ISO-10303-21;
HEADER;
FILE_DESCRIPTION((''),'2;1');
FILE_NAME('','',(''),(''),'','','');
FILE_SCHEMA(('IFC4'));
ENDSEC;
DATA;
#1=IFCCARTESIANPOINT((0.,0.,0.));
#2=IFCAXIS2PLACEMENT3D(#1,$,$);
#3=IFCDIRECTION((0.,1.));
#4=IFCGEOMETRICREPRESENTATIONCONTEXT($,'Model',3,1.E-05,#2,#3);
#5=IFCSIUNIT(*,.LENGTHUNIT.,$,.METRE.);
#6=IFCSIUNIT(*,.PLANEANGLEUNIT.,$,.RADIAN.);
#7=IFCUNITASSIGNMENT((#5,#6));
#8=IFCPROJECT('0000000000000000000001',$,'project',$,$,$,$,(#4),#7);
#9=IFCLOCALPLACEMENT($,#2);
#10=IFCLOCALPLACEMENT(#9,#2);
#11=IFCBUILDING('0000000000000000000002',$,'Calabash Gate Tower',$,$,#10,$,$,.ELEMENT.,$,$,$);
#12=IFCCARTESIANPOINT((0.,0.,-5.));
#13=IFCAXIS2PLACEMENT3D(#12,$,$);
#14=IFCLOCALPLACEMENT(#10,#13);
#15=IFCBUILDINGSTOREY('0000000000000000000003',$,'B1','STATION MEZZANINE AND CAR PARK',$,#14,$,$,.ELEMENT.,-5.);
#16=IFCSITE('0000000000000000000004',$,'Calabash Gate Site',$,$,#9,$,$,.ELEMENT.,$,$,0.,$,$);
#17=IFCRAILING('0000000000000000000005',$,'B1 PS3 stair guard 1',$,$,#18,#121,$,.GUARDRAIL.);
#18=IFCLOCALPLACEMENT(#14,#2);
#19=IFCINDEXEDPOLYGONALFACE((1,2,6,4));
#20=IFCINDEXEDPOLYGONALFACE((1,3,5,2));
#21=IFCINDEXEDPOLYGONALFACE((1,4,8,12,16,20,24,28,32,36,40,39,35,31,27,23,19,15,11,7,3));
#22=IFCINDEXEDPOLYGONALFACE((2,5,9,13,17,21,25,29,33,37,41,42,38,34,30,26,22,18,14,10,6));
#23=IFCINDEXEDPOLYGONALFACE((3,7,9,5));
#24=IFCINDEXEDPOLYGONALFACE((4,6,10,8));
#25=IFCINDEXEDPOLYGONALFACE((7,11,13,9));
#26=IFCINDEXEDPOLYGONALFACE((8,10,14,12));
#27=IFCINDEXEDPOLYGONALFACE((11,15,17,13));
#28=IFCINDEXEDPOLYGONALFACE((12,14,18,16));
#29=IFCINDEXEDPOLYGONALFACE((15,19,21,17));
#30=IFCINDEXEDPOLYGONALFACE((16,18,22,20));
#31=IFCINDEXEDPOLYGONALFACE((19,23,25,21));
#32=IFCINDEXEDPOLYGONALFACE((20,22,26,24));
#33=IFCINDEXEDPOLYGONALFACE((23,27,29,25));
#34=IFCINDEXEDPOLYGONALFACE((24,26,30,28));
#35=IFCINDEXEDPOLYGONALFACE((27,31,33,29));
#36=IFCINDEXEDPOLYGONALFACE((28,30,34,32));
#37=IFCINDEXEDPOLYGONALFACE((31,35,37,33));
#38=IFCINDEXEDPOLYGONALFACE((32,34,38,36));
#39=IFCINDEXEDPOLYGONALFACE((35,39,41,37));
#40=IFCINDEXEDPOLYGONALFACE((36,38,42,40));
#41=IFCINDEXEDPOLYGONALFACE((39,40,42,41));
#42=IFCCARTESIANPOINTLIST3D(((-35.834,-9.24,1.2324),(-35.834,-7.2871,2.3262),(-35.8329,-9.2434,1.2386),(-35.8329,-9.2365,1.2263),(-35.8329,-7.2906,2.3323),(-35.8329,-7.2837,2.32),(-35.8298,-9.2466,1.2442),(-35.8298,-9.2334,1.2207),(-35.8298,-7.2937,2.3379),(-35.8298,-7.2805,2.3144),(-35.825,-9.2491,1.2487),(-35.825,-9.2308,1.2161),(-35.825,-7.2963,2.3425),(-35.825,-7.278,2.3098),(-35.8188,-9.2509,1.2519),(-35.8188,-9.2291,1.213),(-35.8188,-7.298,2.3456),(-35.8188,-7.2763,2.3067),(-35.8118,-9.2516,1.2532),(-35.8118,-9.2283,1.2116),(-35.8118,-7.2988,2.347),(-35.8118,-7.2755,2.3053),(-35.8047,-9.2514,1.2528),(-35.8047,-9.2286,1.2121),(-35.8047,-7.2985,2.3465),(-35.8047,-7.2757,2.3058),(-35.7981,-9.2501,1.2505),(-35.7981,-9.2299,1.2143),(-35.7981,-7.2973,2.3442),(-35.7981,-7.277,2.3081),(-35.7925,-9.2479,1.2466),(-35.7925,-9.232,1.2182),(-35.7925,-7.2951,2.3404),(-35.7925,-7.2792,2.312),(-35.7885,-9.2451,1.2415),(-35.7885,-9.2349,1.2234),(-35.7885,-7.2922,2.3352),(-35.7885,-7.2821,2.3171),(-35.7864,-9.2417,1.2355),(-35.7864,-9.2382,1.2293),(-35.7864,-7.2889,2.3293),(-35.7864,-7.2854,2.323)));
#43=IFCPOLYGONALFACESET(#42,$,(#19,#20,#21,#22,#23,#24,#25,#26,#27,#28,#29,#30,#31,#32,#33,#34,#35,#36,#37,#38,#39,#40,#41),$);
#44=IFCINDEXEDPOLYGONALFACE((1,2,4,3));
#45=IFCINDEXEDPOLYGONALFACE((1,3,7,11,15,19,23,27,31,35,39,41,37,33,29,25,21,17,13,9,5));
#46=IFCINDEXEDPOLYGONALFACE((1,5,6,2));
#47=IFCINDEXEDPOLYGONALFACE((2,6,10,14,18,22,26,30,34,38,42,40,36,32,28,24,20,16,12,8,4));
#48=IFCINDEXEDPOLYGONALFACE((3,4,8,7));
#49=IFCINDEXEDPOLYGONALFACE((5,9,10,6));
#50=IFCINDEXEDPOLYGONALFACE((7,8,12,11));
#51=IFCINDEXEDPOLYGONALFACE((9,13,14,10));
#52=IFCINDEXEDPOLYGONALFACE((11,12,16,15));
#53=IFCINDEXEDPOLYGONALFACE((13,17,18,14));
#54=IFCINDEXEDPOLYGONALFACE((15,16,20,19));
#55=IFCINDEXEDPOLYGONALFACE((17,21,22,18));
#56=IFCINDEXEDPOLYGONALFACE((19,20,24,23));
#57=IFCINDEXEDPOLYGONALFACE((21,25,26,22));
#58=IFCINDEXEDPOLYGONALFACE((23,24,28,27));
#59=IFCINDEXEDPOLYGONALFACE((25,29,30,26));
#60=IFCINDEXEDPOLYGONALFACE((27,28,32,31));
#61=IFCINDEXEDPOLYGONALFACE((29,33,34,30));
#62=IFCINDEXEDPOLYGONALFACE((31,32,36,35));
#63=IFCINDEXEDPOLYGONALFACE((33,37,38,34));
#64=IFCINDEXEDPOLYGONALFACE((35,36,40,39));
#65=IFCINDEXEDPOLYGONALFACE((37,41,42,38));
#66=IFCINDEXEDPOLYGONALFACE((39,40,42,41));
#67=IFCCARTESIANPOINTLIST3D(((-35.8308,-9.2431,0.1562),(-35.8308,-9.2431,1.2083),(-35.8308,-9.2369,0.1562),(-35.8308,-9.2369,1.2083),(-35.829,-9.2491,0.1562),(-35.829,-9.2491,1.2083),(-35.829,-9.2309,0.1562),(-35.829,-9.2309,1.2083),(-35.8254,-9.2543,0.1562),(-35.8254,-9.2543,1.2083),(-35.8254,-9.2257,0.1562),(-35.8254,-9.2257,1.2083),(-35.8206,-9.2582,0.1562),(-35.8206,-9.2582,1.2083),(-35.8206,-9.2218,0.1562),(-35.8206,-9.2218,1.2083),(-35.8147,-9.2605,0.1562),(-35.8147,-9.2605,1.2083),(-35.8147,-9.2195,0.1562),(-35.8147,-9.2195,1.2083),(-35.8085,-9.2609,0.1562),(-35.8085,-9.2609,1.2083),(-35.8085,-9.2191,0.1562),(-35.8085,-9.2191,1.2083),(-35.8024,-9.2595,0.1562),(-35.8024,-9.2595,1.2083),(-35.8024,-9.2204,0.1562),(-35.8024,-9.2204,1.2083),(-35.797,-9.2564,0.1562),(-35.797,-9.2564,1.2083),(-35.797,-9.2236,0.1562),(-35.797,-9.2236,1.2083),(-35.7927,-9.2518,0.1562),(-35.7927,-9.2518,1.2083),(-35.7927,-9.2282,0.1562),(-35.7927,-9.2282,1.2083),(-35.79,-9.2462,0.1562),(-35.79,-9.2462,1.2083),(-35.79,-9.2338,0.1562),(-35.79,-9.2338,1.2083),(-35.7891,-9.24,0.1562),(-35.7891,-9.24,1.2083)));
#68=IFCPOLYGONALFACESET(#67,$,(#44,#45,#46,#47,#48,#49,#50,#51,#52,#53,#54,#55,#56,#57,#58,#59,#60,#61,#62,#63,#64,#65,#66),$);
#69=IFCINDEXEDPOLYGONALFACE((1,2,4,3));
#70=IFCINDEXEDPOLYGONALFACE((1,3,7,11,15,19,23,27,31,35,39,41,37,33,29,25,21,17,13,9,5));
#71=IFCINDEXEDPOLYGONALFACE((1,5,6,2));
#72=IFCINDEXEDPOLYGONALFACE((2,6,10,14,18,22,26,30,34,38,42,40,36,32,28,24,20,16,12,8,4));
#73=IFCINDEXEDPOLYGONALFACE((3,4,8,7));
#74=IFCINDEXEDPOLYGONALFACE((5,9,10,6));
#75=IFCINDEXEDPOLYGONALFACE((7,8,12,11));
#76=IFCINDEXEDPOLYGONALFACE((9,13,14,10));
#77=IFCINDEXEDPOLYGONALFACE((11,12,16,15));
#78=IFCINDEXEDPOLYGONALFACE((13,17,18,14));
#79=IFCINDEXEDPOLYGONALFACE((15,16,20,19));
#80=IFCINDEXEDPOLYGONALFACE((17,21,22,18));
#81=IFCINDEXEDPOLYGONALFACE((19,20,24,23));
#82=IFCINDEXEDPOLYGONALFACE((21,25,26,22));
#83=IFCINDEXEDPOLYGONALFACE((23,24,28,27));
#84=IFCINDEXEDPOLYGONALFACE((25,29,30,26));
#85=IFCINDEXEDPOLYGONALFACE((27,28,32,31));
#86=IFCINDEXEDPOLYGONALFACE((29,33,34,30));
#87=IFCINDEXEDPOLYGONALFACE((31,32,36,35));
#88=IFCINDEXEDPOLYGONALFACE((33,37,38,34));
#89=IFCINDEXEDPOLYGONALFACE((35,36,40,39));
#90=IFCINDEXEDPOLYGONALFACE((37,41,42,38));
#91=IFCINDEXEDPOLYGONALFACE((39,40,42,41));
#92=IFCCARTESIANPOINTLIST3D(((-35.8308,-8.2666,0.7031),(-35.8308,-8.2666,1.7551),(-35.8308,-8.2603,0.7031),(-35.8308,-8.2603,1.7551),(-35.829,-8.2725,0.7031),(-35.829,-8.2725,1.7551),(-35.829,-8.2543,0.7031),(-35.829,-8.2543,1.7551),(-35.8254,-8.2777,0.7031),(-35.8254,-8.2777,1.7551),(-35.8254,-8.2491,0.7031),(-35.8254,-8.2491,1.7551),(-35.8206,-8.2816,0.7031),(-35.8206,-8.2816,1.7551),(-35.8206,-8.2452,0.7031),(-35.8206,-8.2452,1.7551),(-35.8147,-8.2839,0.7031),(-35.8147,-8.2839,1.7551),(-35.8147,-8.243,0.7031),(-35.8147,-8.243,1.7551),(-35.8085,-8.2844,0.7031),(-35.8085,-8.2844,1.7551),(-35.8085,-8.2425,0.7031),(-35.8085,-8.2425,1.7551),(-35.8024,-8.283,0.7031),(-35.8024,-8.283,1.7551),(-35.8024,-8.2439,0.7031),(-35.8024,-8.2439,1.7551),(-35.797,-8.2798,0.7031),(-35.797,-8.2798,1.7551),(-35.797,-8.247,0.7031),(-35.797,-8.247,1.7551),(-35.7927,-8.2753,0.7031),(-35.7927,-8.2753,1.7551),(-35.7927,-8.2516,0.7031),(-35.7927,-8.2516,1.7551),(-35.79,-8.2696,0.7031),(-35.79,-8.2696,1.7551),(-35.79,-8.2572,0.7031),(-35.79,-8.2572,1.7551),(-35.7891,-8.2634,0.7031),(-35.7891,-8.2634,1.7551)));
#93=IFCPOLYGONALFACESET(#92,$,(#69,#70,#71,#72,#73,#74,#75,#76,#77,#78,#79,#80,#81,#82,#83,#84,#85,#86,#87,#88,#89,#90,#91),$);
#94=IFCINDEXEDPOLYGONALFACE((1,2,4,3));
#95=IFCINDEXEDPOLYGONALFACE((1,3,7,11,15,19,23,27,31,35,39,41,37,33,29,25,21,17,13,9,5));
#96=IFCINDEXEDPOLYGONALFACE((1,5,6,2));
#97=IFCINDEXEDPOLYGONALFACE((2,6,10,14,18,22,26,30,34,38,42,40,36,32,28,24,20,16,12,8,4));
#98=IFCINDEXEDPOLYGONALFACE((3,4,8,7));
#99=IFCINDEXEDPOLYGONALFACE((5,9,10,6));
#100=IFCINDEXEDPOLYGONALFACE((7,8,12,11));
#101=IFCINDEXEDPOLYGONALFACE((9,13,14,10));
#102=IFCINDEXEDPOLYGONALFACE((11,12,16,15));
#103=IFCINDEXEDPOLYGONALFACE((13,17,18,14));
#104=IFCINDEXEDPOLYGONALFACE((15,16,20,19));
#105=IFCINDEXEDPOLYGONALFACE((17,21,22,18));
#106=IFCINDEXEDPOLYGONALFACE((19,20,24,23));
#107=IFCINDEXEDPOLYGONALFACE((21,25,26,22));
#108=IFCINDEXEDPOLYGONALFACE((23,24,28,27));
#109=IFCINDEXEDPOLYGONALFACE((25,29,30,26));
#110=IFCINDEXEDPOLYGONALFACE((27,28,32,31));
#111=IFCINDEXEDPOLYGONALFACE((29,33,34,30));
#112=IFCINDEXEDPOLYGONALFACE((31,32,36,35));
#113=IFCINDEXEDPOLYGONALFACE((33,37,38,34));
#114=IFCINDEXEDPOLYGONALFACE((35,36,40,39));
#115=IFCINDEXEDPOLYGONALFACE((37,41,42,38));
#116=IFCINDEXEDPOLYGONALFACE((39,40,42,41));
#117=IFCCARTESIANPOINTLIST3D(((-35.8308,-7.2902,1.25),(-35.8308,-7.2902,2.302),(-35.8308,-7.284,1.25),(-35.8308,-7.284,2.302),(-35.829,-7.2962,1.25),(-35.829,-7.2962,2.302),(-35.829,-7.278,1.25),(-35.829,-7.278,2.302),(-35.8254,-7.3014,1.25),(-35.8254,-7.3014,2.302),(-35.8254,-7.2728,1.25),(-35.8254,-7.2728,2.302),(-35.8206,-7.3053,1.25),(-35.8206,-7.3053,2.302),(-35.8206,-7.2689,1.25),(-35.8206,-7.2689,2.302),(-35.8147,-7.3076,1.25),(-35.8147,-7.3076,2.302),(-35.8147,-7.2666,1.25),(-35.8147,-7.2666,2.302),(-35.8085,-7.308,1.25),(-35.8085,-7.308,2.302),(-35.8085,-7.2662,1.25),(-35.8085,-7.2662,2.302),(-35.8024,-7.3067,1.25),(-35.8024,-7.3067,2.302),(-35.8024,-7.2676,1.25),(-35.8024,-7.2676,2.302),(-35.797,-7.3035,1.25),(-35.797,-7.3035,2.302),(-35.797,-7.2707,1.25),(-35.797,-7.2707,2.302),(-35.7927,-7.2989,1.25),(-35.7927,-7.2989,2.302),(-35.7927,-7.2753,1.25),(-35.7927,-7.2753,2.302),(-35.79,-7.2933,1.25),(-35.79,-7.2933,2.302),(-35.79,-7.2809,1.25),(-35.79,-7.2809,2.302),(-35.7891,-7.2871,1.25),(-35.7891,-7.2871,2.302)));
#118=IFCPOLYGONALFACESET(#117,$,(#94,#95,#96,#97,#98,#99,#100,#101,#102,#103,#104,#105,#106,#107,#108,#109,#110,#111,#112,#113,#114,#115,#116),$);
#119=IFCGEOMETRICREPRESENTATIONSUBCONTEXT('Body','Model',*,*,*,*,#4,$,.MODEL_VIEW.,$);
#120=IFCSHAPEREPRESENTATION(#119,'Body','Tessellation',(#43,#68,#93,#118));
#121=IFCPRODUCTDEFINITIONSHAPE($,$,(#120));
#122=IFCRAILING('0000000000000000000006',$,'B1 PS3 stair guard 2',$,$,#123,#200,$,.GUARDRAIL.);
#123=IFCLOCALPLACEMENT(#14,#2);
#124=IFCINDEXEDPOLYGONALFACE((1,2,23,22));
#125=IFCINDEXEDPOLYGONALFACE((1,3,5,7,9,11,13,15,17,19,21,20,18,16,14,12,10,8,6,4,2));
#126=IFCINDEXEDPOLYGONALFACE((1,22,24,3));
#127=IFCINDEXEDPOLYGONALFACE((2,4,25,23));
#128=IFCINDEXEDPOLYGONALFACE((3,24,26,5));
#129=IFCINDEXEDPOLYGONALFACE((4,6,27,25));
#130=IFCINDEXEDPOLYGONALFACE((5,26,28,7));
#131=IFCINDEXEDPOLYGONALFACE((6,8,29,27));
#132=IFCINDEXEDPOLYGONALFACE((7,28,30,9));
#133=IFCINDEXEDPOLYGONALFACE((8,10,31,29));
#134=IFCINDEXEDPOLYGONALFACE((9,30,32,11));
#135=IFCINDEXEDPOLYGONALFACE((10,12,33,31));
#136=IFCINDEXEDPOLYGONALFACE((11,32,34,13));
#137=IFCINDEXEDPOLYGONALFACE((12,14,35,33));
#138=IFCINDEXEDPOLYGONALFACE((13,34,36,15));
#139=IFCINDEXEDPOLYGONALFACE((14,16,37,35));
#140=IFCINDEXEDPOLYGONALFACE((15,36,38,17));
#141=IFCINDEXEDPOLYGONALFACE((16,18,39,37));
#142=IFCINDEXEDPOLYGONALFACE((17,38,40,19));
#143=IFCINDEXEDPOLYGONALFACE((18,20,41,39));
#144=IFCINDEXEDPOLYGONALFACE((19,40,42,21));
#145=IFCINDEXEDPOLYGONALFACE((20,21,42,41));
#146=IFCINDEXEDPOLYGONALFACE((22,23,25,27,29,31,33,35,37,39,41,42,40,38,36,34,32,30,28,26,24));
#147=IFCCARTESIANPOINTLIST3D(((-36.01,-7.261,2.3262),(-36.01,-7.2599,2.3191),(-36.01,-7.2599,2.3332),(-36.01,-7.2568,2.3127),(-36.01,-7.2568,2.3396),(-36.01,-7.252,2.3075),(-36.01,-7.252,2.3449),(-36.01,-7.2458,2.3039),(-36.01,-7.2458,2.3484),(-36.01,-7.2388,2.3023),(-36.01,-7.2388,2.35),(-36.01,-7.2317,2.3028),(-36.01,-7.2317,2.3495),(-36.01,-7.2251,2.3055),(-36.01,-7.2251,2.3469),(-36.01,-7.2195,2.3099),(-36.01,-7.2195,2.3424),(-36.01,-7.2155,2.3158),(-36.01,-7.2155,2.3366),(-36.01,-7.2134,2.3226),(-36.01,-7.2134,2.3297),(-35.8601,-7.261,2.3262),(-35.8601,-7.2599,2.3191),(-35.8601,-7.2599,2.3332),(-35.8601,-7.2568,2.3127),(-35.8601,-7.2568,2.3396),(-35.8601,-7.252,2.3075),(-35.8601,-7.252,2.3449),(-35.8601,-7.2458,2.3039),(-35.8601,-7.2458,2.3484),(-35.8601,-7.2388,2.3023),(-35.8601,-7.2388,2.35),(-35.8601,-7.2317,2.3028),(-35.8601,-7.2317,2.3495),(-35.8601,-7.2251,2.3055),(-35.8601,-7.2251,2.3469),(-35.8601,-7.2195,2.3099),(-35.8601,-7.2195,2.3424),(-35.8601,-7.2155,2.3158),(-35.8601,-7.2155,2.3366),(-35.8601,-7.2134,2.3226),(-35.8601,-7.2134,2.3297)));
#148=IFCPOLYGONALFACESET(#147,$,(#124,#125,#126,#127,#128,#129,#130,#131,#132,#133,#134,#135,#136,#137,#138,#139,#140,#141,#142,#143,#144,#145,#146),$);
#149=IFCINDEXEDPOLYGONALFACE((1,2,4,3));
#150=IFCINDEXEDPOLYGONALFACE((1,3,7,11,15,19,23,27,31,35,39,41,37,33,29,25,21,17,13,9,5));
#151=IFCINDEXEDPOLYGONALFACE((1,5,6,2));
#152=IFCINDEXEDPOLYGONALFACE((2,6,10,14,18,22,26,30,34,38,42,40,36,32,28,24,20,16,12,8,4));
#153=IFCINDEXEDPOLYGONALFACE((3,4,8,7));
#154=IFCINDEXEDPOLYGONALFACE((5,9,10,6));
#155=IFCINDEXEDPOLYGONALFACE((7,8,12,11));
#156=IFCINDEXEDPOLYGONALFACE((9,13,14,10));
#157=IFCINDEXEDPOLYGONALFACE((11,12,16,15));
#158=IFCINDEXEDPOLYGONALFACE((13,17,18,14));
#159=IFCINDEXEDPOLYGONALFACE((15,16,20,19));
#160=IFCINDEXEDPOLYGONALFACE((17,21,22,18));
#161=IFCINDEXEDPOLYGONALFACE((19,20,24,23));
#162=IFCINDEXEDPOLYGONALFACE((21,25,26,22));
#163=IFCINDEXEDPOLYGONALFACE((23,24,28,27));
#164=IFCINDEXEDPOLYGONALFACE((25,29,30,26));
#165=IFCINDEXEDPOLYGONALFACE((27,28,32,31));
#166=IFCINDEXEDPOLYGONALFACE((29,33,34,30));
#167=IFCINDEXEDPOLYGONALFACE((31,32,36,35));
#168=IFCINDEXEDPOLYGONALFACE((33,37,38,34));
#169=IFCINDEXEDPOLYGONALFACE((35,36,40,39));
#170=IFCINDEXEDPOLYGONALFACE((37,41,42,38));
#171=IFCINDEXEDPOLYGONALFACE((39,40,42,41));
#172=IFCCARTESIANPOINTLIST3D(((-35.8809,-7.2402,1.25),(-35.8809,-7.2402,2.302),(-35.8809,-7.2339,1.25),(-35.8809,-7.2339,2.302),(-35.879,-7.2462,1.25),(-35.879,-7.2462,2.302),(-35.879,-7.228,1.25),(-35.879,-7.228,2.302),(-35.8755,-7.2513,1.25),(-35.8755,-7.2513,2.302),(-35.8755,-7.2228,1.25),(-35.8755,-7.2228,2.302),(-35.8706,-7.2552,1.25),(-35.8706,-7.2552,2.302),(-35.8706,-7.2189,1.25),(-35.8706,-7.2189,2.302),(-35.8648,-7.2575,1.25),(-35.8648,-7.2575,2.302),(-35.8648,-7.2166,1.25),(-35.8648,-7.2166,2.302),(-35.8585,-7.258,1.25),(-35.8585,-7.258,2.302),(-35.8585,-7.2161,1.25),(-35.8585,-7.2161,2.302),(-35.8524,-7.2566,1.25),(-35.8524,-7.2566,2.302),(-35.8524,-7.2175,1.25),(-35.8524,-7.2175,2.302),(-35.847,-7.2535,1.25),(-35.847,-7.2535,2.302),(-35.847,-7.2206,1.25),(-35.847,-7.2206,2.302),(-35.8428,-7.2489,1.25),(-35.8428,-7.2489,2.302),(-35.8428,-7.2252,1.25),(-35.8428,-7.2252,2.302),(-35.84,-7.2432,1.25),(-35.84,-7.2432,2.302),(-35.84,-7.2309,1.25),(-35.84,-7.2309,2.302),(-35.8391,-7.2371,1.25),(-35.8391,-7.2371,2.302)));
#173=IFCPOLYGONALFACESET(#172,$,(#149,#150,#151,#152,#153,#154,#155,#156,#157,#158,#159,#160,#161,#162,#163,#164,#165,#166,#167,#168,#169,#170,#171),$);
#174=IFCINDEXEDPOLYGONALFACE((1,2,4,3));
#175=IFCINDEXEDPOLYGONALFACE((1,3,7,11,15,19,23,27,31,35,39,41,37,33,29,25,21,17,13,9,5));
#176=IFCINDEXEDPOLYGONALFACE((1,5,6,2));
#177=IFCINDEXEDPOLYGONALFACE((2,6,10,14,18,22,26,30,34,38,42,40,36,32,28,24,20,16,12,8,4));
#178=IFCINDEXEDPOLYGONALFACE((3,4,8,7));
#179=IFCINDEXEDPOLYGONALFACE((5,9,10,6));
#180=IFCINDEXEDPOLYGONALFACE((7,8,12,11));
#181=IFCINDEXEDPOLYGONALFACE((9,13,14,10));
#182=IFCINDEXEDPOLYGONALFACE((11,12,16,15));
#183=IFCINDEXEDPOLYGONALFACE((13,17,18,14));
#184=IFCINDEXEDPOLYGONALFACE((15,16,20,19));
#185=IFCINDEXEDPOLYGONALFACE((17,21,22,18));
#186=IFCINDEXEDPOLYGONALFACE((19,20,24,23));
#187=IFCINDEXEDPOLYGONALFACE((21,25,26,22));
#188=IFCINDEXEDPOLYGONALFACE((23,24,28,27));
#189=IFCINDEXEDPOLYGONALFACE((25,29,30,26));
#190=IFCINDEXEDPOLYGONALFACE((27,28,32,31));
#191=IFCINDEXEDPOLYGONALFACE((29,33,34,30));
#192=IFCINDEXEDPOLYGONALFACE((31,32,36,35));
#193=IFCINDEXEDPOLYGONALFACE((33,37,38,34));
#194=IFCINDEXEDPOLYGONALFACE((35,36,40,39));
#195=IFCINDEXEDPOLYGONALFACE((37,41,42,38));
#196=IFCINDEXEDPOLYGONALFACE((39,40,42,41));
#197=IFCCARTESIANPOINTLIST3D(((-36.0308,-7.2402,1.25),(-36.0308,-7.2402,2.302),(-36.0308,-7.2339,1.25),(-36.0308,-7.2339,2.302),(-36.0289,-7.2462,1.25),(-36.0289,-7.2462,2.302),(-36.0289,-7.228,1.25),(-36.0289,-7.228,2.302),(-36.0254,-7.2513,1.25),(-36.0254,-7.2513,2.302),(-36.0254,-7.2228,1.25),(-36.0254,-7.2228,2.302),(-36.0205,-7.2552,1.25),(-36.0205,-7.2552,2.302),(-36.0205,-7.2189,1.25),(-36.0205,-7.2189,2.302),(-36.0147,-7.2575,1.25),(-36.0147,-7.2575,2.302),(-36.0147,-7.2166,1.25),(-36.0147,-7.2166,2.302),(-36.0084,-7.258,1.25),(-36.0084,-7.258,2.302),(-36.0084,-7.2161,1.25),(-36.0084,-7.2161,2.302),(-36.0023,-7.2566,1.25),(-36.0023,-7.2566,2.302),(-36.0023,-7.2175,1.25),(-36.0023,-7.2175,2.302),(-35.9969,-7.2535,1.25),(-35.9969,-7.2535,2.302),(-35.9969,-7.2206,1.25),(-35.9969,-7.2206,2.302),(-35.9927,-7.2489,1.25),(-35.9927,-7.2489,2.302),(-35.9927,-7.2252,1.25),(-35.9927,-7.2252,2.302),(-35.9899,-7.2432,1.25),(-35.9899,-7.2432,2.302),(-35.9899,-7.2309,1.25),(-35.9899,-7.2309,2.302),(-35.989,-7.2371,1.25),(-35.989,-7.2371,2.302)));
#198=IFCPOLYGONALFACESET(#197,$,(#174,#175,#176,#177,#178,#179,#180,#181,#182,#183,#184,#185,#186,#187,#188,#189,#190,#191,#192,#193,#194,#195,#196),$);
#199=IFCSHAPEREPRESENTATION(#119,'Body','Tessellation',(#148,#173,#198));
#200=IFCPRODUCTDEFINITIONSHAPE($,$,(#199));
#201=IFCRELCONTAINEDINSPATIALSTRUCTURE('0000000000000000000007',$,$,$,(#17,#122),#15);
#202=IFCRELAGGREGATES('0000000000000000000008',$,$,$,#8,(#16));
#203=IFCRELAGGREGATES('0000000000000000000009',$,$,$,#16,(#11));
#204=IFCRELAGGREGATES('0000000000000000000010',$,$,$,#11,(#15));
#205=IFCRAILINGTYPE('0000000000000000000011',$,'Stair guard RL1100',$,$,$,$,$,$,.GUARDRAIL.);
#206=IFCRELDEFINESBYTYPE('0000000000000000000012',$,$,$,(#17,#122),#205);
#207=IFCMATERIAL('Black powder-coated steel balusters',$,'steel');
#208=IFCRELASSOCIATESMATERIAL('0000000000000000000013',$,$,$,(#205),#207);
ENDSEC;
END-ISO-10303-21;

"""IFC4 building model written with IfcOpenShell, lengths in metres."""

from ifc_helpers import new_model, si_unit, direction, frame, origin, origin_2d, place, context, subcontext, project, spatial, circle, extrude, material, type_object, element, save


model = new_model("IFC4")

# Units and contexts
model_context = context("Model", 3, precision=1e-05, world=origin(), true_north=direction((0.0, 1.0)))
body_context = subcontext(model_context, "Body", "Model", "MODEL_VIEW")
ifc_project = project(units=[si_unit("LENGTHUNIT", "METRE"), si_unit("PLANEANGLEUNIT", "RADIAN")], contexts=[model_context])

# Site, building, storey
site_placement = place(None, origin())
site = spatial("IfcSite", under=ifc_project, at=site_placement, Name="Calabash Gate Site", CompositionType="ELEMENT", RefElevation=0.0)
building_placement = place(site_placement, origin())
building = spatial("IfcBuilding", under=site, at=building_placement, Name="Calabash Gate Tower", CompositionType="ELEMENT")
storey_placement = place(building_placement, frame((0.0, 0.0, -5.0)))
storey = spatial("IfcBuildingStorey", under=building, at=storey_placement, Name="B1", Description="STATION MEZZANINE AND CAR PARK", CompositionType="ELEMENT", Elevation=-5.0)

# Railings
ifc_material_1 = material(Name="Black powder-coated steel balusters", Category="steel")
railing_type_1 = type_object("IfcRailingType", Name="Stair guard RL1100", PredefinedType="GUARDRAIL", material=ifc_material_1)
railing_1_placement = place(storey_placement, frame((-35.8101, -9.24, 0.1562)))
element("IfcRailing", 1, at=railing_1_placement, inside=storey, type_object=railing_type_1, Name="B1 PS3 stair guard 1", PredefinedType="GUARDRAIL", context=body_context, shape_type="SweptSolid", body=[
    extrude(circle(Radius=0.0239, at=origin_2d()), frame((0.0, 0.0, 1.0762), z_axis=(0.0, 0.87248, 0.48865), x_axis=(-1.0, 0.0, 0.0)), (0.0, 0.0, 1.0), 2.2383),
    extrude(circle(Radius=0.021, at=origin_2d()), origin(), (0.0, 0.0, 1.0), 1.052),
    extrude(circle(Radius=0.021, at=origin_2d()), frame((0.0, 0.9766, 0.5469)), (0.0, 0.0, 1.0), 1.052),
    extrude(circle(Radius=0.021, at=origin_2d()), frame((0.0, 1.9529, 1.0938)), (0.0, 0.0, 1.0), 1.052),
])
railing_2_placement = place(storey_placement, frame((-35.8601, -7.2371, 1.25)))
element("IfcRailing", 2, at=railing_2_placement, inside=storey, type_object=railing_type_1, Name="B1 PS3 stair guard 2", PredefinedType="GUARDRAIL", context=body_context, shape_type="SweptSolid", body=[
    extrude(circle(Radius=0.0239, at=origin_2d()), frame((0.0, 0.0, 1.0762), z_axis=(-1.0, 0.0, 0.0), x_axis=(0.0, -1.0, 0.0)), (0.0, 0.0, 1.0), 0.1499),
    extrude(circle(Radius=0.021, at=origin_2d()), origin(), (0.0, 0.0, 1.0), 1.052),
    extrude(circle(Radius=0.021, at=origin_2d()), frame((-0.1499, 0.0, 0.0)), (0.0, 0.0, 1.0), 1.052),
])

save(model, "model.ifc")
